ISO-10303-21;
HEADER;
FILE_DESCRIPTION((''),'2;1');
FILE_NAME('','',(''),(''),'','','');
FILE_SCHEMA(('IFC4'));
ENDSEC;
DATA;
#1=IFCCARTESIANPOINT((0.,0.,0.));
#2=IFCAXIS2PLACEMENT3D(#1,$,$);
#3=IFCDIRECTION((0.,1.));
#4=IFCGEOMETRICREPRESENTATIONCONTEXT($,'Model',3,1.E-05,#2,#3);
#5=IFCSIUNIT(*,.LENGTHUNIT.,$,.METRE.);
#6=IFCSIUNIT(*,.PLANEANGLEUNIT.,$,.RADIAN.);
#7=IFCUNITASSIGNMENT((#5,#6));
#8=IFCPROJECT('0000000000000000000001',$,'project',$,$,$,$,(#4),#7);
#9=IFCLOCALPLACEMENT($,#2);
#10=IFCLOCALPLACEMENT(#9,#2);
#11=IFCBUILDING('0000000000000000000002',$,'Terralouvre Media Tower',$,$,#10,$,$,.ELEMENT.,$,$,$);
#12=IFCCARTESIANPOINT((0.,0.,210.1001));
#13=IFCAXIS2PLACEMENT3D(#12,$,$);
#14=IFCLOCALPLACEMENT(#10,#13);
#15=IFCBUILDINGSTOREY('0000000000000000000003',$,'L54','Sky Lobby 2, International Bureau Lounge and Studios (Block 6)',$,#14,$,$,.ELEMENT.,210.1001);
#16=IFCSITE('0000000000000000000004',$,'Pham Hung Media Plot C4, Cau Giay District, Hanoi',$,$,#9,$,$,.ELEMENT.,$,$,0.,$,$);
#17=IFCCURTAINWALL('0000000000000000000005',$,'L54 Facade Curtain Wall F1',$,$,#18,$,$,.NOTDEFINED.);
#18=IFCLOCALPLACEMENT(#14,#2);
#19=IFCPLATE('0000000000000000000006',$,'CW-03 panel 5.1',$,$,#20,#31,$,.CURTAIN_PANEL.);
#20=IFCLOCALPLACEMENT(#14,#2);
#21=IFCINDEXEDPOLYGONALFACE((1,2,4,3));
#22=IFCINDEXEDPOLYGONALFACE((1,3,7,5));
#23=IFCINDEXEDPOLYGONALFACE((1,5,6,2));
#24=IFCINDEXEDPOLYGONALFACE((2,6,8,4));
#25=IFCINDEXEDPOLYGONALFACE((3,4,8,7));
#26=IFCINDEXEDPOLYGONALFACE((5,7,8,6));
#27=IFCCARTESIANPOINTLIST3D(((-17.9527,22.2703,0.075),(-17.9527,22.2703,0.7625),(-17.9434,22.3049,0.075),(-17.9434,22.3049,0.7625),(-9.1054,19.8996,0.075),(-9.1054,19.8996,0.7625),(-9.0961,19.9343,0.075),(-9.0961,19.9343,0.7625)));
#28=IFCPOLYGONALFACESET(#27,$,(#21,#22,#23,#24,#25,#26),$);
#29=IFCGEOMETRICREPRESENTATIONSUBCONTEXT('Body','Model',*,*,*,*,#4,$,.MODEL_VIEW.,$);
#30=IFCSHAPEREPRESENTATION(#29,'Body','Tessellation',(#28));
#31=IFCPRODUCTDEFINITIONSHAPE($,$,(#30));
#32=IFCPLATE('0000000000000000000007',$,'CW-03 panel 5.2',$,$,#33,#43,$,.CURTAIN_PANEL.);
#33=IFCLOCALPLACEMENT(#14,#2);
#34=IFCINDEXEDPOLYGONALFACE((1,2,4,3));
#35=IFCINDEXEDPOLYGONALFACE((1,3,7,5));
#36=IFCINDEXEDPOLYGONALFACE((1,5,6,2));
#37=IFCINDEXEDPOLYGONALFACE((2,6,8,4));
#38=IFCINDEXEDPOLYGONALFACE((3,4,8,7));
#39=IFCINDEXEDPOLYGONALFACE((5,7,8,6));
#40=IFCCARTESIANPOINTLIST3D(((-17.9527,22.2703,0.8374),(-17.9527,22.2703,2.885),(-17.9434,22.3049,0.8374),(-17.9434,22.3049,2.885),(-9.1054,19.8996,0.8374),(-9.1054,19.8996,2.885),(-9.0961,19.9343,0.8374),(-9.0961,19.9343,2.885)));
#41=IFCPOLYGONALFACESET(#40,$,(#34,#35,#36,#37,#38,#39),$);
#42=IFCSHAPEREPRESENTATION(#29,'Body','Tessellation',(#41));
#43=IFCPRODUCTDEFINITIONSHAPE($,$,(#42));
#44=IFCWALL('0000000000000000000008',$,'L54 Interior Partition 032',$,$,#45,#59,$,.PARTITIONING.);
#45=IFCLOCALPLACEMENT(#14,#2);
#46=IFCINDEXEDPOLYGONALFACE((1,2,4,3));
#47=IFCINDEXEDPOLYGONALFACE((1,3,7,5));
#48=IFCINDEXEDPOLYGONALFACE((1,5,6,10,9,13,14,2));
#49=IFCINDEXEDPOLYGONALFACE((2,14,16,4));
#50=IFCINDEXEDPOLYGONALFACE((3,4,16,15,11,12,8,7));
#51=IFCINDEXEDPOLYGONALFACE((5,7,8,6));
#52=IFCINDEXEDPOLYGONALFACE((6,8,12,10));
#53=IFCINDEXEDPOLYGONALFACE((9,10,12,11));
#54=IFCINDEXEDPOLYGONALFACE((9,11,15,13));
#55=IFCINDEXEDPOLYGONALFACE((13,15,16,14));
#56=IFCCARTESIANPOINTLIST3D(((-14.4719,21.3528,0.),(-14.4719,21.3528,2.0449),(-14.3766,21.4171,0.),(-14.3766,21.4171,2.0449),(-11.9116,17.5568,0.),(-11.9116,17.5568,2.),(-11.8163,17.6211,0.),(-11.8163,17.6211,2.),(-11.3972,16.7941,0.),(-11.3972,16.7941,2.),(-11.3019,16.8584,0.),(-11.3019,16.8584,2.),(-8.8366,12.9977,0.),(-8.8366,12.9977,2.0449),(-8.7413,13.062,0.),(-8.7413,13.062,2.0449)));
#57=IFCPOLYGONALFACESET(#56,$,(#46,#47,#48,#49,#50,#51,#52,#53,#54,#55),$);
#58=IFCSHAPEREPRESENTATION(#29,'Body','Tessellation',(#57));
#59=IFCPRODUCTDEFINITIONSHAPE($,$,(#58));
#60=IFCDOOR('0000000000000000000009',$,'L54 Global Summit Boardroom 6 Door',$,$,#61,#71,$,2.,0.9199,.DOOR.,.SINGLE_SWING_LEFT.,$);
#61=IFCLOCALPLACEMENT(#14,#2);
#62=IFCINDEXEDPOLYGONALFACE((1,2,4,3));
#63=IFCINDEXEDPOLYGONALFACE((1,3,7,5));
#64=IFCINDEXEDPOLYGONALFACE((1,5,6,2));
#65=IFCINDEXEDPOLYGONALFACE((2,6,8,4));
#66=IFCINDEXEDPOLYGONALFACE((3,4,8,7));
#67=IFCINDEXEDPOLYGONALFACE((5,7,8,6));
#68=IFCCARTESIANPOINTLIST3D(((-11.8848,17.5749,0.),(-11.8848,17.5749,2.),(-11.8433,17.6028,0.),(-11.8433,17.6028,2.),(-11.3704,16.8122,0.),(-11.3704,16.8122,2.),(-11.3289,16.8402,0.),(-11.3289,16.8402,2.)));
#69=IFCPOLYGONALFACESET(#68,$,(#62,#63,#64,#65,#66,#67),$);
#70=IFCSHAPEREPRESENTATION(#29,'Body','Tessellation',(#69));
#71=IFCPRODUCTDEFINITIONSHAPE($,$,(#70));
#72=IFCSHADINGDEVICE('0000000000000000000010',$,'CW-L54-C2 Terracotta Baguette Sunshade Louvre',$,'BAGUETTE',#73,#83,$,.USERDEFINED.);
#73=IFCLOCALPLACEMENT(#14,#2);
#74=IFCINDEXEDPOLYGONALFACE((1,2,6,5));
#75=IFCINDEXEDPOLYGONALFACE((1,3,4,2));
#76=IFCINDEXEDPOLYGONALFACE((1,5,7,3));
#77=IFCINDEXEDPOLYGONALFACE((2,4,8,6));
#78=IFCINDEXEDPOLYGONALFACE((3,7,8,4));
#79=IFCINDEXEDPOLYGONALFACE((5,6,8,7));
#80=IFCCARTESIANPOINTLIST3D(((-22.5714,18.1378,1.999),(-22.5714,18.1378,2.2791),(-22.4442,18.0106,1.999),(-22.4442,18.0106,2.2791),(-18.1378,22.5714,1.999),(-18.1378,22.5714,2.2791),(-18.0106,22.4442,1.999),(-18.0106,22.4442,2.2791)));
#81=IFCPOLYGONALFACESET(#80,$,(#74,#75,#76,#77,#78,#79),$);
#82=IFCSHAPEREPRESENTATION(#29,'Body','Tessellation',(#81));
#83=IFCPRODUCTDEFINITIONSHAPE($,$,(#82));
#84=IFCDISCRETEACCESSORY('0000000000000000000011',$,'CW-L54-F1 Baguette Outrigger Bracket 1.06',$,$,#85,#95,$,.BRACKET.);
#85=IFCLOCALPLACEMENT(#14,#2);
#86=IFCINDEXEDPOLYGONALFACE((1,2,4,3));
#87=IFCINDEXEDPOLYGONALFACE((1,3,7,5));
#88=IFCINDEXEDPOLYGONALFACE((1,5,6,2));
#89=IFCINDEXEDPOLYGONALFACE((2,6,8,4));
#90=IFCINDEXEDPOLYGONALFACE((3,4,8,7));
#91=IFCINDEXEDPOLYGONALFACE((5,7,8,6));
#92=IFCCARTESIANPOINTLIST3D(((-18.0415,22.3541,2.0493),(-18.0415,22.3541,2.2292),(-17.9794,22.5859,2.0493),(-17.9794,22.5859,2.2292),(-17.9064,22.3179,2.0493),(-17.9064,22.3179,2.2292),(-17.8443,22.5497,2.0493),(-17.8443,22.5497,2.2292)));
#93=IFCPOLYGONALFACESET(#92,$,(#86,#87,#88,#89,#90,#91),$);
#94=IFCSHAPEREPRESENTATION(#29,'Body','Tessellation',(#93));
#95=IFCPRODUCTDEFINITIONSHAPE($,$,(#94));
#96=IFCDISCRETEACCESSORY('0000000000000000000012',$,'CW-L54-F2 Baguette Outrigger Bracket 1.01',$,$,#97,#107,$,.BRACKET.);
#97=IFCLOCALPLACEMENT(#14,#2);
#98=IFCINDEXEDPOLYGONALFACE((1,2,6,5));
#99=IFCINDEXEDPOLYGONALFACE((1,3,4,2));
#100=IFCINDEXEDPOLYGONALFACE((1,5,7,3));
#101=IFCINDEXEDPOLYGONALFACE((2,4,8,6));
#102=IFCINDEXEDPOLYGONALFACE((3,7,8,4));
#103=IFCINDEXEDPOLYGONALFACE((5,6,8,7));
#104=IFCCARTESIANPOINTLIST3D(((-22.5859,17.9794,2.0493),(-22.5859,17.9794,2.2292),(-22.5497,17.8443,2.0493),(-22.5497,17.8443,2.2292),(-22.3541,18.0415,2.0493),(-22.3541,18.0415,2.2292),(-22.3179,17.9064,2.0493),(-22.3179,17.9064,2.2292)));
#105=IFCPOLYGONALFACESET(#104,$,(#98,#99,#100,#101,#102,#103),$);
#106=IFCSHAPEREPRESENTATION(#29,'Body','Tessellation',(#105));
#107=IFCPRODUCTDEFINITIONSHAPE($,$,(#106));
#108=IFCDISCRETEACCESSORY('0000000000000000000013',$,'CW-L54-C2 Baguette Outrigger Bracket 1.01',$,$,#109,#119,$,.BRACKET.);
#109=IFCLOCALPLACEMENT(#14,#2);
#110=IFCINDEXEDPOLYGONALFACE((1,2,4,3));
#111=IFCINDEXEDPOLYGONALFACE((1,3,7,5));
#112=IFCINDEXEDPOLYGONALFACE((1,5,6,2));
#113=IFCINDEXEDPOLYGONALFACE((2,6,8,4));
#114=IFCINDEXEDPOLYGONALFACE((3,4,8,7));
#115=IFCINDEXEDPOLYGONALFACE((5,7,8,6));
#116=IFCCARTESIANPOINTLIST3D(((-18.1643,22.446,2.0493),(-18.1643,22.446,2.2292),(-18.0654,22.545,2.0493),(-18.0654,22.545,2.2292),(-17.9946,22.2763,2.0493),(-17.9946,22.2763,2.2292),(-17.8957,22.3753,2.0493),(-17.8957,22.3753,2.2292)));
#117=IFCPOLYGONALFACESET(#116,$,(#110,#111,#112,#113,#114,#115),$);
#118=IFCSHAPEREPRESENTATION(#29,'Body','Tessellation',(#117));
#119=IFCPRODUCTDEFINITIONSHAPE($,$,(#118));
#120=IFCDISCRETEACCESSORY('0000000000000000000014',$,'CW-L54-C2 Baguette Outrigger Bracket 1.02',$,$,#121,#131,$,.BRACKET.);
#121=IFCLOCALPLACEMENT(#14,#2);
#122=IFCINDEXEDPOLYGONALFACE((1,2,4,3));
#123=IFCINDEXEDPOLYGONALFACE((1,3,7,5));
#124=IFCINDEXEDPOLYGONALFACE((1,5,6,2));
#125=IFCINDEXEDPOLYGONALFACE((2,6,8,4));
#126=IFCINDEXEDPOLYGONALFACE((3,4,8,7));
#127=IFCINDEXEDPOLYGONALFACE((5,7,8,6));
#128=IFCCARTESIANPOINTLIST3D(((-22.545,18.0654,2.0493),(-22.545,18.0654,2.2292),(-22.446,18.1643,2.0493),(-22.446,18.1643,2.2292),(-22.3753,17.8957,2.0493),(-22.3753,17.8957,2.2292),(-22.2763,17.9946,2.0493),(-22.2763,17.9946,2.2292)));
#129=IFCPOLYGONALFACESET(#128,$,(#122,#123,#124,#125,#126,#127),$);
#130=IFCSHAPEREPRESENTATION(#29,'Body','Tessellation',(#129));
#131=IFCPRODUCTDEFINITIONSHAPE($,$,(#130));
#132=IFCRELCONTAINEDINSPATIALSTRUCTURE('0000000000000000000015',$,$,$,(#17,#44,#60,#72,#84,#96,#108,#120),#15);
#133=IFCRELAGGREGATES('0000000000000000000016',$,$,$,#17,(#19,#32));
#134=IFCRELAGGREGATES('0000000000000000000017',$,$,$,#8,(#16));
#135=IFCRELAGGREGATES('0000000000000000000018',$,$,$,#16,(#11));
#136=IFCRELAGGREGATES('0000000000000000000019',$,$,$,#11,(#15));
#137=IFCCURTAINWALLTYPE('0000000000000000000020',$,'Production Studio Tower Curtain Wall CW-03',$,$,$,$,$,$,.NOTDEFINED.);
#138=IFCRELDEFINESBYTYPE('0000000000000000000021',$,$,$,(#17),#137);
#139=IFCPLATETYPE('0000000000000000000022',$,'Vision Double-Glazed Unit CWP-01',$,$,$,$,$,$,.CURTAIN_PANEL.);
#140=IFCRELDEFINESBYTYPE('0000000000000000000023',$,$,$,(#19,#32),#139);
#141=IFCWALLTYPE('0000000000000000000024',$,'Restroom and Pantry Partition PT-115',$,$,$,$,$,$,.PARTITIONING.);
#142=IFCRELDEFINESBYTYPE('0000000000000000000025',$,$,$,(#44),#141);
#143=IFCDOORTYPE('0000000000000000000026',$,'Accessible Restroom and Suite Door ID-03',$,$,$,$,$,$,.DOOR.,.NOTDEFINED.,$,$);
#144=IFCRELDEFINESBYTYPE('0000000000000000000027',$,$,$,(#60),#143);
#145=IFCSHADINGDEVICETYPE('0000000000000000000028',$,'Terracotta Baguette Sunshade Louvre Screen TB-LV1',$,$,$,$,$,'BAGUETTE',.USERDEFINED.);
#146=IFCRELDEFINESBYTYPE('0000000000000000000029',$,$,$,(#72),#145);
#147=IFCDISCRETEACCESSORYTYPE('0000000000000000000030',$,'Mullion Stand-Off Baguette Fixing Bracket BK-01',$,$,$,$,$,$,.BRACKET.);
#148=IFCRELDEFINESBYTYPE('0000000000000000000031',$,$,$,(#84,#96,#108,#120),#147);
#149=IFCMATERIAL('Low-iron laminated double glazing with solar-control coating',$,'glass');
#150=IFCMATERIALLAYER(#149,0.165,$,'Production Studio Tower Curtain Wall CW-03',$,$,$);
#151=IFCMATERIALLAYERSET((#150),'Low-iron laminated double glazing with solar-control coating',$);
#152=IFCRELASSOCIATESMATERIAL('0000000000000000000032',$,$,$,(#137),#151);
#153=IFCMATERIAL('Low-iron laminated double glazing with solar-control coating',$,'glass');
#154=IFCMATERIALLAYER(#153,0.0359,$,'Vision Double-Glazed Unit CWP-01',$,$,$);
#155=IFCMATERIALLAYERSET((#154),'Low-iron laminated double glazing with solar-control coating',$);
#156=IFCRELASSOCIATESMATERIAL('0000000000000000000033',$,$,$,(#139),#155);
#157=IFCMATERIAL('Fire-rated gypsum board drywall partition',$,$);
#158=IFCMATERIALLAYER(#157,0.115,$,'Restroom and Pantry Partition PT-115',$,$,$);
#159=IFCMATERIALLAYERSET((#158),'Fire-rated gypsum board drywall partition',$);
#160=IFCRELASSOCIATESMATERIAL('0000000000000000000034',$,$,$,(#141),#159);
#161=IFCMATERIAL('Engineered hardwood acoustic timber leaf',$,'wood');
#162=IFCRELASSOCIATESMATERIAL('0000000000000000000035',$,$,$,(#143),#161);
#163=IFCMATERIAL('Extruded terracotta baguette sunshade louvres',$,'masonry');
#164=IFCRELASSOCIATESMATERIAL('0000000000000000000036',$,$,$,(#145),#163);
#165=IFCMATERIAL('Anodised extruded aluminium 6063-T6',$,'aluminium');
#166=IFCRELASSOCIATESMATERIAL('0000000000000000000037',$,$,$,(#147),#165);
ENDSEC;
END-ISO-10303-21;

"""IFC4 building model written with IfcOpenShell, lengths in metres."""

from ifc_helpers import new_model, si_unit, direction, frame, frame_2d, origin, origin_2d, place, context, subcontext, project, spatial, rectangle, extrude, material, layer, layer_set, type_object, element, fill, aggregate, save


model = new_model("IFC4")

# Units and contexts
model_context = context("Model", 3, precision=1e-05, world=origin(), true_north=direction((0.0, 1.0)))
body_context = subcontext(model_context, "Body", "Model", "MODEL_VIEW")
ifc_project = project(units=[si_unit("LENGTHUNIT", "METRE"), si_unit("PLANEANGLEUNIT", "RADIAN")], contexts=[model_context])

# Site, building, storey
site_placement = place(None, origin())
site = spatial("IfcSite", under=ifc_project, at=site_placement, Name="Pham Hung Media Plot C4, Cau Giay District, Hanoi", CompositionType="ELEMENT", RefElevation=0.0)
building_placement = place(site_placement, origin())
building = spatial("IfcBuilding", under=site, at=building_placement, Name="Terralouvre Media Tower", CompositionType="ELEMENT")
storey_placement = place(building_placement, frame((0.0, 0.0, 210.1001)))
storey = spatial("IfcBuildingStorey", under=building, at=storey_placement, Name="L54", Description="Sky Lobby 2, International Bureau Lounge and Studios (Block 6)", CompositionType="ELEMENT", Elevation=210.1001)

# Shared definitions
ifc_material_1 = material(Name="Low-iron laminated double glazing with solar-control coating", Category="glass")
ifc_layer_1 = layer(ifc_material_1, 0.165, Name="Production Studio Tower Curtain Wall CW-03")
ifc_layer_set_1 = layer_set([ifc_layer_1], Name="Low-iron laminated double glazing with solar-control coating")
curtain_wall_type_1 = type_object("IfcCurtainWallType", Name="Production Studio Tower Curtain Wall CW-03", PredefinedType="NOTDEFINED", material=ifc_layer_set_1)

# Curtain wall
curtain_wall_1_placement = place(storey_placement, origin())
curtain_wall_1 = element("IfcCurtainWall", 1, at=curtain_wall_1_placement, inside=storey, type_object=curtain_wall_type_1, Name="L54 Facade Curtain Wall F1", PredefinedType="NOTDEFINED")

# Plates
ifc_material_2 = material(Name="Low-iron laminated double glazing with solar-control coating", Category="glass")
ifc_layer_2 = layer(ifc_material_2, 0.0359, Name="Vision Double-Glazed Unit CWP-01")
ifc_layer_set_2 = layer_set([ifc_layer_2], Name="Low-iron laminated double glazing with solar-control coating")
plate_type_1 = type_object("IfcPlateType", Name="Vision Double-Glazed Unit CWP-01", PredefinedType="CURTAIN_PANEL", material=ifc_layer_set_2)
plate_1_placement = place(storey_placement, frame((-13.5244, 21.1023, 0.075), z_axis=(0.0, 0.0, 1.0), x_axis=(-0.965926, 0.258819, 0.0)))
plate_1 = element("IfcPlate", 2, at=plate_1_placement, type_object=plate_type_1, Name="CW-03 panel 5.1", PredefinedType="CURTAIN_PANEL", context=body_context, shape_type="SweptSolid", body=[
    extrude(rectangle(XDim=9.1594, YDim=0.0359, at=origin_2d()), origin(), (0.0, 0.0, 1.0), 0.6875),
])
plate_2_placement = place(storey_placement, frame((-13.5244, 21.1023, 0.8374), z_axis=(0.0, 0.0, 1.0), x_axis=(-0.965926, 0.258819, 0.0)))
plate_2 = element("IfcPlate", 3, at=plate_2_placement, type_object=plate_type_1, Name="CW-03 panel 5.2", PredefinedType="CURTAIN_PANEL", context=body_context, shape_type="SweptSolid", body=[
    extrude(rectangle(XDim=9.1594, YDim=0.0359, at=origin_2d()), origin(), (0.0, 0.0, 1.0), 2.0476),
])
aggregate(curtain_wall_1, [plate_1, plate_2])

# Wall, opening, door
ifc_material_3 = material(Name="Fire-rated gypsum board drywall partition")
ifc_layer_3 = layer(ifc_material_3, 0.115, Name="Restroom and Pantry Partition PT-115")
ifc_layer_set_3 = layer_set([ifc_layer_3], Name="Fire-rated gypsum board drywall partition")
wall_type = type_object("IfcWallType", Name="Restroom and Pantry Partition PT-115", PredefinedType="PARTITIONING", material=ifc_layer_set_3)
wall_placement = place(storey_placement, frame((-14.4243, 21.385, 0.0), z_axis=(0.0, 0.0, 1.0), x_axis=(0.559176, -0.829049, 0.0)))
wall = element("IfcWall", 4, at=wall_placement, inside=storey, type_object=wall_type, Name="L54 Interior Partition 032", PredefinedType="PARTITIONING", context=body_context, shape_type="SweptSolid", body=[
    extrude(rectangle(XDim=10.0779, YDim=0.115, at=frame_2d((5.0391, 0.0))), origin(), (0.0, 0.0, 1.0), 2.0449),
])
opening_placement = place(wall_placement, frame((4.5789, 0.0, 0.0)))
opening = element("IfcOpeningElement", 5, at=opening_placement, cuts=wall, PredefinedType="OPENING", context=body_context, shape_type="SweptSolid", body=[
    extrude(rectangle(XDim=0.9199, YDim=2.0, at=frame_2d((0.46, 1.0))), frame((0.0, 0.0674, 0.0), z_axis=(0.0, -1.0, 0.0), x_axis=(1.0, 0.0, 0.0)), (0.0, 0.0, 1.0), 0.135),
])
ifc_material_4 = material(Name="Engineered hardwood acoustic timber leaf", Category="wood")
door_type = type_object("IfcDoorType", Name="Accessible Restroom and Suite Door ID-03", OperationType="NOTDEFINED", PredefinedType="DOOR", material=ifc_material_4)
door_placement = place(opening_placement, origin())
door = element("IfcDoor", 6, at=door_placement, inside=storey, type_object=door_type, Name="L54 Global Summit Boardroom 6 Door", OperationType="SINGLE_SWING_LEFT", OverallHeight=2.0, OverallWidth=0.9199, PredefinedType="DOOR", context=body_context, shape_type="SweptSolid", body=[
    extrude(rectangle(XDim=0.9199, YDim=2.0, at=frame_2d((0.46, 1.0))), frame((0.0, 0.0249, 0.0), z_axis=(0.0, -1.0, 0.0), x_axis=(1.0, 0.0, 0.0)), (0.0, 0.0, 1.0), 0.05),
])
fill(opening, door)

# Shading device
ifc_material_5 = material(Name="Extruded terracotta baguette sunshade louvres", Category="masonry")
shading_device_type = type_object("IfcShadingDeviceType", Name="Terracotta Baguette Sunshade Louvre Screen TB-LV1", ElementType="BAGUETTE", PredefinedType="USERDEFINED", material=ifc_material_5)
shading_device_placement = place(storey_placement, frame((-20.291, 20.291, 1.999), z_axis=(0.0, 0.0, 1.0), x_axis=(-0.707107, -0.707107, 0.0)))
element("IfcShadingDevice", 7, at=shading_device_placement, inside=storey, type_object=shading_device_type, Name="CW-L54-C2 Terracotta Baguette Sunshade Louvre", ObjectType="BAGUETTE", PredefinedType="USERDEFINED", context=body_context, shape_type="SweptSolid", body=[
    extrude(rectangle(XDim=6.27, YDim=0.1799, at=origin_2d()), origin(), (0.0, 0.0, 1.0), 0.28),
])

# Discrete accessories
ifc_material_6 = material(Name="Anodised extruded aluminium 6063-T6", Category="aluminium")
discrete_accessory_type = type_object("IfcDiscreteAccessoryType", Name="Mullion Stand-Off Baguette Fixing Bracket BK-01", PredefinedType="BRACKET", material=ifc_material_6)
for number, where, z_axis, x_axis, name in (
    (8, (-17.9429, 22.4519, 2.0493), (0.0, 0.0, 1.0), (-0.965926, 0.258819, 0.0), "CW-L54-F1 Baguette Outrigger Bracket 1.06"),
    (9, (-22.4519, 17.9429, 2.0493), (0.0, 0.0, 1.0), (0.258819, -0.965926, 0.0), "CW-L54-F2 Baguette Outrigger Bracket 1.01"),
    (10, (-18.03, 22.4106, 2.0493), (0.0, 0.0, 1.0), (-0.707107, -0.707107, 0.0), "CW-L54-C2 Baguette Outrigger Bracket 1.01"),
    (11, (-22.4106, 18.03, 2.0493), (0.0, 0.0, 1.0), (-0.707107, -0.707107, 0.0), "CW-L54-C2 Baguette Outrigger Bracket 1.02"),
):
    element("IfcDiscreteAccessory", number, at=place(storey_placement, frame(where, z_axis=z_axis, x_axis=x_axis)), inside=storey, type_object=discrete_accessory_type, Name=name, PredefinedType="BRACKET", context=body_context, shape_type="SweptSolid", body=[
        extrude(rectangle(XDim=0.1399, YDim=0.24, at=origin_2d()), origin(), (0.0, 0.0, 1.0), 0.1799),
    ])

save(model, "model.ifc")
